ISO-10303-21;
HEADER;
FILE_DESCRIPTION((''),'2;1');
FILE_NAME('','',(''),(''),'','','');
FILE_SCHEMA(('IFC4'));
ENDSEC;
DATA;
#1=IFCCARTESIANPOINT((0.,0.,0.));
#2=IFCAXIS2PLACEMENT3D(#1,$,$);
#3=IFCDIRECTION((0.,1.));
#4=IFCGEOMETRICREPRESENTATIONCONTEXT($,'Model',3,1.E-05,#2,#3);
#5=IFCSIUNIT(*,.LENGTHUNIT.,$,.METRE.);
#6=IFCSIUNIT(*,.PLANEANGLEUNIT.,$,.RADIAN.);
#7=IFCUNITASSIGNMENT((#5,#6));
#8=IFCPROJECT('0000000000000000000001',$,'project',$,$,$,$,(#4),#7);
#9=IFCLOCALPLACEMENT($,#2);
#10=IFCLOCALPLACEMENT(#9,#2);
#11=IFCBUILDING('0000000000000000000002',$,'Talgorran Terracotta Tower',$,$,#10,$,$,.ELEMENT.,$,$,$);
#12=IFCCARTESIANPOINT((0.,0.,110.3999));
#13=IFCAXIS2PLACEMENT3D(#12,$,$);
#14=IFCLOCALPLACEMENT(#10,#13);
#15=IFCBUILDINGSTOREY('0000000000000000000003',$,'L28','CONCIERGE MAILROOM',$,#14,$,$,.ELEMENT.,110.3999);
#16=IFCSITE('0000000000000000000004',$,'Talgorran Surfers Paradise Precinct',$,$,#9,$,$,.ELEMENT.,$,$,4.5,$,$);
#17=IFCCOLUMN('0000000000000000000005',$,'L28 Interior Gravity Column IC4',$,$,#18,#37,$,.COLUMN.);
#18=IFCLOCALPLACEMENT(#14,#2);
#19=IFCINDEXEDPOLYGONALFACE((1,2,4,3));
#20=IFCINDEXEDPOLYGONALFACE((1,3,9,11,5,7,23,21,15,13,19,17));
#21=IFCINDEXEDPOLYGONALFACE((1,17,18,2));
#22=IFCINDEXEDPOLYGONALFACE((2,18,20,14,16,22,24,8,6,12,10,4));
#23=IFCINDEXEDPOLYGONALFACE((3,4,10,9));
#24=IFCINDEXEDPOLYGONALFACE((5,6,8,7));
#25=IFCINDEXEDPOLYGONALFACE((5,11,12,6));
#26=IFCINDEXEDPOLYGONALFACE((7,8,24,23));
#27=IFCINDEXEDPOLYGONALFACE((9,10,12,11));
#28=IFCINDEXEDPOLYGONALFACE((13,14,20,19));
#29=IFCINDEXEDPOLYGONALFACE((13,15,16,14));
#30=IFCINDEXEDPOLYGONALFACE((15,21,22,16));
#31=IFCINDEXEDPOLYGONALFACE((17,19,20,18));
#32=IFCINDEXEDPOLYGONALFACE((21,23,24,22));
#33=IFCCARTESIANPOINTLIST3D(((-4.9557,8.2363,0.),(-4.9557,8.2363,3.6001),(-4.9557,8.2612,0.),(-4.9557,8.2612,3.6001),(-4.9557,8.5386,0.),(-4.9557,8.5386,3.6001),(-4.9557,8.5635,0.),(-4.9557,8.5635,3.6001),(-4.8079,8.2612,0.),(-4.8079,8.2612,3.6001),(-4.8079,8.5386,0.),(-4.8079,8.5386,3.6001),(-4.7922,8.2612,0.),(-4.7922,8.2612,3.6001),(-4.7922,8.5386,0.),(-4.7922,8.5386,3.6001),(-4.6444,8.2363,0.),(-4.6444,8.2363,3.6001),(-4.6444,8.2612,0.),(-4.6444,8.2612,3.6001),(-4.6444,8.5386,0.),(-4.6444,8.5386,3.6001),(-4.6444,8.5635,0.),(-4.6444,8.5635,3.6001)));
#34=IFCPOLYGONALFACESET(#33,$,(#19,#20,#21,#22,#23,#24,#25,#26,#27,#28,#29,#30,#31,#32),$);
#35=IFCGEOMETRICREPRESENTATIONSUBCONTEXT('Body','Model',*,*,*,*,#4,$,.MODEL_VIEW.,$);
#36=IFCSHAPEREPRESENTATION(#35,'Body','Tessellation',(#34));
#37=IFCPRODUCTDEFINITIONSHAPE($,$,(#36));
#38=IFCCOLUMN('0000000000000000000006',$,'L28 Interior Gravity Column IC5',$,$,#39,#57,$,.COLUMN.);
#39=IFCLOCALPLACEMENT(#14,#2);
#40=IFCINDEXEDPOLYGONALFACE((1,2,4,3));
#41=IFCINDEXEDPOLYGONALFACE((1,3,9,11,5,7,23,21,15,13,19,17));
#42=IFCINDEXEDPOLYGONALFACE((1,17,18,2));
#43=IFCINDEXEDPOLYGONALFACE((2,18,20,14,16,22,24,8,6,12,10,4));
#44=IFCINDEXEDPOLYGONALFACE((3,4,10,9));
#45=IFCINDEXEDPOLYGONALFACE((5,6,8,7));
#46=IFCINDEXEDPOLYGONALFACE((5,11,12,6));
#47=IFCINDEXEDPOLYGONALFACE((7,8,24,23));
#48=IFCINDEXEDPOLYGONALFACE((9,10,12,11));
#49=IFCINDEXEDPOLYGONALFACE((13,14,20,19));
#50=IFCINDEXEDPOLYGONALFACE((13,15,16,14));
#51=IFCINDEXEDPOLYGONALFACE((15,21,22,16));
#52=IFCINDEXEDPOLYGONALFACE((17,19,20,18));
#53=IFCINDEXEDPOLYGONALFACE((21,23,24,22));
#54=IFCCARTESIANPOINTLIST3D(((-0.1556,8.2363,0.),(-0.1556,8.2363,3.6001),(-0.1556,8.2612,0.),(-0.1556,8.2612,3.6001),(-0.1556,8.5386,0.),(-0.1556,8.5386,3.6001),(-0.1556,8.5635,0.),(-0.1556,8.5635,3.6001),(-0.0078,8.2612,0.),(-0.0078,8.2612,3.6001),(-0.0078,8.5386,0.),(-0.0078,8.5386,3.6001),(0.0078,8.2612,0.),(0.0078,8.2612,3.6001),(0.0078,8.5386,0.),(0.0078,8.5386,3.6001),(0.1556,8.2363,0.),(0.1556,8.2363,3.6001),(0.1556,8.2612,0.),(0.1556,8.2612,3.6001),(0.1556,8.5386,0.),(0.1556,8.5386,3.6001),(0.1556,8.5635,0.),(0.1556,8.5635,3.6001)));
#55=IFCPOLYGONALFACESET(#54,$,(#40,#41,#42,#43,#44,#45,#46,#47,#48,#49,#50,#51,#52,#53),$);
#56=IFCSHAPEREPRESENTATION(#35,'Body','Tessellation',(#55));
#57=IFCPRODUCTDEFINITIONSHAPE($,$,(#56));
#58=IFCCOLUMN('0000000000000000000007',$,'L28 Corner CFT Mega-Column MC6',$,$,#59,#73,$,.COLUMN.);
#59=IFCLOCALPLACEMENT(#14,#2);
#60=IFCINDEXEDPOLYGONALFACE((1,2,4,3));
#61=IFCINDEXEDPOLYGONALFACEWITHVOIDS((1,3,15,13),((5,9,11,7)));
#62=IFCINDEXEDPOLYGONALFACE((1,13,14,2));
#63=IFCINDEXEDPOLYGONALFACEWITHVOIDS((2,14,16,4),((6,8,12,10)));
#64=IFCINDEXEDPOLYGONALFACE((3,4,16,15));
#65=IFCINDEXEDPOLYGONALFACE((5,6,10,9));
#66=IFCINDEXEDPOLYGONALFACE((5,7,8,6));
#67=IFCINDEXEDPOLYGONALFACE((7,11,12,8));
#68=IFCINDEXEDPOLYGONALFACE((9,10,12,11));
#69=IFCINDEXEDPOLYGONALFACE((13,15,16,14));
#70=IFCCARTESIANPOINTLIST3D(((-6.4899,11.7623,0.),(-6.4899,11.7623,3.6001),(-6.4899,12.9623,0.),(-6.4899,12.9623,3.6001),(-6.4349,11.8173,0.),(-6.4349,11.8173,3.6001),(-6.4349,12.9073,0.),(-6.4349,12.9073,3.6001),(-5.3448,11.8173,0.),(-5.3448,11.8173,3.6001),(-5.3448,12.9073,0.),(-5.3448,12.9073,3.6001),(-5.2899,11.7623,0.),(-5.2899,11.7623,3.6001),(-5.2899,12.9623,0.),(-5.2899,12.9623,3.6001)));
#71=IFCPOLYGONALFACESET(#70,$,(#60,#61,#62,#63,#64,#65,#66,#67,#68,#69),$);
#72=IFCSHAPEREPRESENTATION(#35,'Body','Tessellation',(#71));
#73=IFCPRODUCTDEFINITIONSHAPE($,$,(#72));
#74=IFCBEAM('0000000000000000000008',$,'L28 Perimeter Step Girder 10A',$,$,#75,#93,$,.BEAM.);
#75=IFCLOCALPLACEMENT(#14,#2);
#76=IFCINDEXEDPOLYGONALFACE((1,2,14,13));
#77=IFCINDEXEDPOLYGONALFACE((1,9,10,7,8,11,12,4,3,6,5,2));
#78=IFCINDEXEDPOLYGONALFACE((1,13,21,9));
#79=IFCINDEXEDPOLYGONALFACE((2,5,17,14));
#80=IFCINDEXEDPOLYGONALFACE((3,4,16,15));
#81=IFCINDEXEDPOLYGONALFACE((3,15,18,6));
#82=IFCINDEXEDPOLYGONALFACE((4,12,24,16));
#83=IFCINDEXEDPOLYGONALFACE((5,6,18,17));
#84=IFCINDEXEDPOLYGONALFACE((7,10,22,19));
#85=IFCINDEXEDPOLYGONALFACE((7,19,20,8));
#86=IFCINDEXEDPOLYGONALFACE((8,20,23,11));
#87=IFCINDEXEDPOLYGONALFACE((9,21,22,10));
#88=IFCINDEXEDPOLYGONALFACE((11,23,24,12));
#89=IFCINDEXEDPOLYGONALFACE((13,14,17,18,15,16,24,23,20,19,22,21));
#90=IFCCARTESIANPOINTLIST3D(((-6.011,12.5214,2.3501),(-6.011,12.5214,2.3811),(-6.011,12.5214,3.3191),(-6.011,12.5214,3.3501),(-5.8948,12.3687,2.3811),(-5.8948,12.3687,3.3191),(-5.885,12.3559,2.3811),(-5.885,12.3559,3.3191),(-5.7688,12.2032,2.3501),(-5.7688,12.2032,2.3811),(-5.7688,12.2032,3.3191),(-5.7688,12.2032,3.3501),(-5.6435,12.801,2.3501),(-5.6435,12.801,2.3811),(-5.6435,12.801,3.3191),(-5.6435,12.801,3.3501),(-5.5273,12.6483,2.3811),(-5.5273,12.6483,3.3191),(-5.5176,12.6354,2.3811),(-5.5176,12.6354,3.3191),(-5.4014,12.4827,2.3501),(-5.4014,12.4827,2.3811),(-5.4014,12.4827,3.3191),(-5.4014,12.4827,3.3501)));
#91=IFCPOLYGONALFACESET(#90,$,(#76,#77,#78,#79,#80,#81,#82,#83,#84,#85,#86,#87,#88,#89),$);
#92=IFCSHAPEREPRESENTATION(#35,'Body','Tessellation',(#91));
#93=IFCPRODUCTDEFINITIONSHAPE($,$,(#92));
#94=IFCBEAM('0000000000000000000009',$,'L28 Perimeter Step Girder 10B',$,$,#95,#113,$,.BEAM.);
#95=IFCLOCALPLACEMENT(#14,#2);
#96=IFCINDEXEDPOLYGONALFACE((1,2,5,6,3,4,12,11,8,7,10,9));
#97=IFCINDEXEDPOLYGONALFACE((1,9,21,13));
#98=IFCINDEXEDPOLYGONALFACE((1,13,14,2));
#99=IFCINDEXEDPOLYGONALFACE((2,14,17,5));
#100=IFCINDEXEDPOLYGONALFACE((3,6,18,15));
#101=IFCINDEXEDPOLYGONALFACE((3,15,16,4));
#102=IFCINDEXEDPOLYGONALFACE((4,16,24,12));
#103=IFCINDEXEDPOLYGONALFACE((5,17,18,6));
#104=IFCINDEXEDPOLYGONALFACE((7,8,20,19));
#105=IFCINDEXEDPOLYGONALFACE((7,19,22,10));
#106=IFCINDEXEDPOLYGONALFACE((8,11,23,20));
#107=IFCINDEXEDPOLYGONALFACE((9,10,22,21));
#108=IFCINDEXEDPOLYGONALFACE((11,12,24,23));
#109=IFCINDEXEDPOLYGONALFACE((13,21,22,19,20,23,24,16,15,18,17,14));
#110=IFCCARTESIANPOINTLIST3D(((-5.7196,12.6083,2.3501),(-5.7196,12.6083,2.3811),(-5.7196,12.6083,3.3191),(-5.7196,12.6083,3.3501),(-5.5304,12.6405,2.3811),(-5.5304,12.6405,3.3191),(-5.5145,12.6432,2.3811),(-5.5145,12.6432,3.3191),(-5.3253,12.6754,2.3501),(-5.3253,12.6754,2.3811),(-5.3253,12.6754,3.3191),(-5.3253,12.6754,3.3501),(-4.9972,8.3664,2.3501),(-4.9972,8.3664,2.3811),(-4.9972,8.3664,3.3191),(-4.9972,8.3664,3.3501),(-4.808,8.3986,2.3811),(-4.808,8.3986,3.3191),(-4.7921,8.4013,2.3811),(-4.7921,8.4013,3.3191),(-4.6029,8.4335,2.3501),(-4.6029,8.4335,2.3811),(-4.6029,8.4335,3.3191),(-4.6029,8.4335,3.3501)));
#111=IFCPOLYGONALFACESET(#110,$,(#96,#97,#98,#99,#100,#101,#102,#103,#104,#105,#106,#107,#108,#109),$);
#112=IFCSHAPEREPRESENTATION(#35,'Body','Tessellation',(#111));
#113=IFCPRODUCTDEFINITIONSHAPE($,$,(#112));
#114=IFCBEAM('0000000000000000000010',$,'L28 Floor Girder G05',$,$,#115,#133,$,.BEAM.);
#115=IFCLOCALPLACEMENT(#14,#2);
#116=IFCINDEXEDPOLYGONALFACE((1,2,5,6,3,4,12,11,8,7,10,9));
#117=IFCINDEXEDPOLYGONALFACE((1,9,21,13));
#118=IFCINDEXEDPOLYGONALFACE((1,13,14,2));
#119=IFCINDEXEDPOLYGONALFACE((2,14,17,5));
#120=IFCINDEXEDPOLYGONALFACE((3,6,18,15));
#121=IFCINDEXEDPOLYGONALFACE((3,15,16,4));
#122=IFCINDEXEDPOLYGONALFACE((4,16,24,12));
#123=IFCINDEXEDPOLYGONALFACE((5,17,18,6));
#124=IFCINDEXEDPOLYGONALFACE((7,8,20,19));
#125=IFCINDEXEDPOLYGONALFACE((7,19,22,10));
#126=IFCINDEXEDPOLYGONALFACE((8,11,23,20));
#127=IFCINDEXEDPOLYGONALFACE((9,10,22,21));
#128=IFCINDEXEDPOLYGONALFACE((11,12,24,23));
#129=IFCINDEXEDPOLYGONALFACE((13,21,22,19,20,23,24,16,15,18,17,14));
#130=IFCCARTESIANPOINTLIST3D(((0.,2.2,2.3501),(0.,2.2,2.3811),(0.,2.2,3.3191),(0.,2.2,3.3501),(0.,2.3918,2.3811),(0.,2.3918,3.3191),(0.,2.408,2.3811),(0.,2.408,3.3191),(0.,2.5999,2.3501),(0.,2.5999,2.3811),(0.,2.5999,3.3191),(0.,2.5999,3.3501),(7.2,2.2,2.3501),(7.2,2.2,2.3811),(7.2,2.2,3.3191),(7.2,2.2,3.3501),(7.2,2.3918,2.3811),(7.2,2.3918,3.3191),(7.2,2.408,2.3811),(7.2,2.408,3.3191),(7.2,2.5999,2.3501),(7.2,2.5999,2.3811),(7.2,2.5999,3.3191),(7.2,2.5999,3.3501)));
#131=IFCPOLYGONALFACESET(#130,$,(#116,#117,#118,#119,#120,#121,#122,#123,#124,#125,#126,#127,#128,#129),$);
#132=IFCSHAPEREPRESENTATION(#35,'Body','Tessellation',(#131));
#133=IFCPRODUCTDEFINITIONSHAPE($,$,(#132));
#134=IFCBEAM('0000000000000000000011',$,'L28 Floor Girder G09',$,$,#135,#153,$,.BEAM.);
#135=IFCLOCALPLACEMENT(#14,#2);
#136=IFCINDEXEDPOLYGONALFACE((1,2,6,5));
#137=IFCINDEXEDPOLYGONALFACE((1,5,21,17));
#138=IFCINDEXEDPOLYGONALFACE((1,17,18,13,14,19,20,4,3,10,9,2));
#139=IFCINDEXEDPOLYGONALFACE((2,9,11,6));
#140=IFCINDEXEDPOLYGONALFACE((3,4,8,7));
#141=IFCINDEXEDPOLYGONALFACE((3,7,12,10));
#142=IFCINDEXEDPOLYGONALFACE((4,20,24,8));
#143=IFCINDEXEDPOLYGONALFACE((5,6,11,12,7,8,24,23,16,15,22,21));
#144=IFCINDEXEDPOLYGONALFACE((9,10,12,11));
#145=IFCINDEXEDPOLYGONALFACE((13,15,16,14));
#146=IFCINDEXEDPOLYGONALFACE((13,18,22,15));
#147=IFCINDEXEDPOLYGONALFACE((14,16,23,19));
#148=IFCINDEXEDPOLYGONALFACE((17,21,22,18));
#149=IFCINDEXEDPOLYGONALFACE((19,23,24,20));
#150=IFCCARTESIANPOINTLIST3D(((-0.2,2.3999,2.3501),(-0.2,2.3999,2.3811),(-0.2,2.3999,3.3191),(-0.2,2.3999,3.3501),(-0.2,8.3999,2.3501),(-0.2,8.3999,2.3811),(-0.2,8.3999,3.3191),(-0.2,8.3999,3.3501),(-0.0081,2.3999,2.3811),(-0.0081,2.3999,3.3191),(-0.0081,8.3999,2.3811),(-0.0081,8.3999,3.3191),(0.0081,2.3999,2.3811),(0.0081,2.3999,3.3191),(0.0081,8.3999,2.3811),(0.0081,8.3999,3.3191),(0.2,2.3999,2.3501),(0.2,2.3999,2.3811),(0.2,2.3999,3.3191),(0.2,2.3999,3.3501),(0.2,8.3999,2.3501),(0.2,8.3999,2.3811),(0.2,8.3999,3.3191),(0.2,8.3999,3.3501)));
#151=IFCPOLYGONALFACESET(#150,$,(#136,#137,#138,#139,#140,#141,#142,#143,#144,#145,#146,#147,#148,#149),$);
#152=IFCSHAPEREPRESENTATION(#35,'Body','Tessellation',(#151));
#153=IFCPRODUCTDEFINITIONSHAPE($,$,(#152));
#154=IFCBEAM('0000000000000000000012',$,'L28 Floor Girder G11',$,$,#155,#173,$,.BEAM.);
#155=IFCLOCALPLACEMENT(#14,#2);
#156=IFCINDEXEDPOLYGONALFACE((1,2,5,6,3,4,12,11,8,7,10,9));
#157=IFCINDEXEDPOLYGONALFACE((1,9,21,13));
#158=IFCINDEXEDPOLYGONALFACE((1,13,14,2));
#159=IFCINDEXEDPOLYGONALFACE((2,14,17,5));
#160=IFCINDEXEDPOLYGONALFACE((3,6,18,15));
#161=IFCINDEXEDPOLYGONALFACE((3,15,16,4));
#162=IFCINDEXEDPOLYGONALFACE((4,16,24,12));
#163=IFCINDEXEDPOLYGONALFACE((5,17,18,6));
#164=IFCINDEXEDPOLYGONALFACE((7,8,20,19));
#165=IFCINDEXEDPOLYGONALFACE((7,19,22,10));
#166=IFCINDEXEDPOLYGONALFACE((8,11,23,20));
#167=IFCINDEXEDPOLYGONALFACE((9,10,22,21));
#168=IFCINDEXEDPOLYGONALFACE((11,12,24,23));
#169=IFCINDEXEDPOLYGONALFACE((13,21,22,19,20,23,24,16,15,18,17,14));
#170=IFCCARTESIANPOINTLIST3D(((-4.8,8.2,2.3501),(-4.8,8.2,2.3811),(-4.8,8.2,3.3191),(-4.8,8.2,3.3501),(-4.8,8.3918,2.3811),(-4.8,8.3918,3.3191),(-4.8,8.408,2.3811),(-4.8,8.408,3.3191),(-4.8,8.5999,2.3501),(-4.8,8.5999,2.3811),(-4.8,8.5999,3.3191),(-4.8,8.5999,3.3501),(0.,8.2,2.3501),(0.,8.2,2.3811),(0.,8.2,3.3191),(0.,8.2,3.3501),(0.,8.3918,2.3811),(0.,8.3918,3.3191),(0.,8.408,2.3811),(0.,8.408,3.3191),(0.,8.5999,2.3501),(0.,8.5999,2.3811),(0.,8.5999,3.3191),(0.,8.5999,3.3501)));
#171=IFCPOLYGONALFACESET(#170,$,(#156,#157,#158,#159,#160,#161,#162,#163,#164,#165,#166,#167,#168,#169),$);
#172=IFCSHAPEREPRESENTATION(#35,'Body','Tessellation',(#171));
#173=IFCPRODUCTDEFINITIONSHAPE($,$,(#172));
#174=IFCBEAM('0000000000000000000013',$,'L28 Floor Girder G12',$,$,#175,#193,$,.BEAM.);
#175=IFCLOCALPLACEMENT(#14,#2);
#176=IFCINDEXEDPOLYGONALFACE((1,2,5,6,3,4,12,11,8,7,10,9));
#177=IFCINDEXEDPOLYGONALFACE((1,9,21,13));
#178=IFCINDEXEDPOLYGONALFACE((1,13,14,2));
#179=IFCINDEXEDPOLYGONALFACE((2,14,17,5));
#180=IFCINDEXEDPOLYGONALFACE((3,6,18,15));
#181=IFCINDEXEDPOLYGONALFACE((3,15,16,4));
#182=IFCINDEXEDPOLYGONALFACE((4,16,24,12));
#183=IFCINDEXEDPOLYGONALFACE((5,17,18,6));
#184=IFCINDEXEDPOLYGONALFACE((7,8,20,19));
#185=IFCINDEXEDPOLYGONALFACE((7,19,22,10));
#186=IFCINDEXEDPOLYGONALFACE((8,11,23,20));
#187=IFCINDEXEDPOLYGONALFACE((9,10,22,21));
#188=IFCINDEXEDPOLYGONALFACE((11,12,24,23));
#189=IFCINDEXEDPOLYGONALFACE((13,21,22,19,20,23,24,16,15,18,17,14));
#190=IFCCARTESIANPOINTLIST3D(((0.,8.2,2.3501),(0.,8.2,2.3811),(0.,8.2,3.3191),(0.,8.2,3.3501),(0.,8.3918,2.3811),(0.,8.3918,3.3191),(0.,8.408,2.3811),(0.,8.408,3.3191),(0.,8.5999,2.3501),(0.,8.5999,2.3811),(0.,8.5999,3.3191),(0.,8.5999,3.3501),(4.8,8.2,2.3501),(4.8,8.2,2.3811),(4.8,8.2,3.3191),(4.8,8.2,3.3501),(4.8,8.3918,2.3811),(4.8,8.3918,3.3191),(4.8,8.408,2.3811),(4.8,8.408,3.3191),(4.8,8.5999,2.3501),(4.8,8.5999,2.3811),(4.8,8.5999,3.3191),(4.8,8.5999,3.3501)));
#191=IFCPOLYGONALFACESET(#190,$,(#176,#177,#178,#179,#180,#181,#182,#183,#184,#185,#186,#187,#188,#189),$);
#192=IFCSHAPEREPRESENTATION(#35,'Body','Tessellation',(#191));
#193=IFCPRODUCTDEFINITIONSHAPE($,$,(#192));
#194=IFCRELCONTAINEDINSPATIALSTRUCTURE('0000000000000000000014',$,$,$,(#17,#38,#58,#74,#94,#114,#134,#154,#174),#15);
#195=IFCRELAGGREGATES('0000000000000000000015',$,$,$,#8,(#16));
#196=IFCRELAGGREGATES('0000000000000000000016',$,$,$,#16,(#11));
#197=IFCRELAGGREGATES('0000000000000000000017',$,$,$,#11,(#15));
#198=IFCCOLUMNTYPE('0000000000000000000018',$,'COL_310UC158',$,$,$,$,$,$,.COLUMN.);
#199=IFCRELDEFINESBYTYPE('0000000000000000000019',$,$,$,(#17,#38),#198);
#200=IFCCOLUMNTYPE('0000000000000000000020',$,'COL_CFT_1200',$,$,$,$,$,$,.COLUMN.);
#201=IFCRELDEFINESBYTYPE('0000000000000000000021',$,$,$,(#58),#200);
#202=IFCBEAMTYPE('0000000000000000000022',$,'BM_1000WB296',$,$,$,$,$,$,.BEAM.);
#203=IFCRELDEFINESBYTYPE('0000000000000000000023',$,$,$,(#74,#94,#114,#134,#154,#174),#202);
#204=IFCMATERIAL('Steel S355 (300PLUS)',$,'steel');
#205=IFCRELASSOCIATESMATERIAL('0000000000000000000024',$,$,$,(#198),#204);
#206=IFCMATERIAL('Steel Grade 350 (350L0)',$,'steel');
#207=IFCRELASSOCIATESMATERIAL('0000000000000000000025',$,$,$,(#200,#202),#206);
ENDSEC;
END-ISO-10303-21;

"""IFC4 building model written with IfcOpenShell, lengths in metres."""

from ifc_helpers import new_model, si_unit, direction, frame, origin, origin_2d, place, context, subcontext, project, spatial, hollow_rectangle, i_section, extrude, material, material_profile, profile_set, type_object, element, save


model = new_model("IFC4")

# Units and contexts
model_context = context("Model", 3, precision=1e-05, world=origin(), true_north=direction((0.0, 1.0)))
body_context = subcontext(model_context, "Body", "Model", "MODEL_VIEW")
ifc_project = project(units=[si_unit("LENGTHUNIT", "METRE"), si_unit("PLANEANGLEUNIT", "RADIAN")], contexts=[model_context])

# Site, building, storey
site_placement = place(None, origin())
site = spatial("IfcSite", under=ifc_project, at=site_placement, Name="Talgorran Surfers Paradise Precinct", CompositionType="ELEMENT", RefElevation=4.5)
building_placement = place(site_placement, origin())
building = spatial("IfcBuilding", under=site, at=building_placement, Name="Talgorran Terracotta Tower", CompositionType="ELEMENT")
storey_placement = place(building_placement, frame((0.0, 0.0, 110.3999)))
storey = spatial("IfcBuildingStorey", under=building, at=storey_placement, Name="L28", Description="CONCIERGE MAILROOM", CompositionType="ELEMENT", Elevation=110.3999)

# Columns
ifc_material_1 = material(Name="Steel S355 (300PLUS)", Category="steel")
ifc_material_profile_1 = material_profile(ifc_material_1, i_section(OverallWidth=0.3113, OverallDepth=0.3271, WebThickness=0.0156, FlangeThickness=0.0249, at=origin_2d()), Name="310UC158")
ifc_profile_set_1 = profile_set([ifc_material_profile_1], Name="Steel S355 (300PLUS)")
column_type_1 = type_object("IfcColumnType", Name="COL_310UC158", PredefinedType="COLUMN", material=ifc_profile_set_1)
for number, where, z_axis, x_axis, name in (
    (1, (-4.8, 8.3999, 0.0), (0.0, 0.0, 1.0), (1.0, 0.0, 0.0), "L28 Interior Gravity Column IC4"),
    (2, (0.0, 8.3999, 0.0), (0.0, 0.0, 1.0), (1.0, 0.0, 0.0), "L28 Interior Gravity Column IC5"),
):
    element("IfcColumn", number, at=place(storey_placement, frame(where, z_axis=z_axis, x_axis=x_axis)), inside=storey, type_object=column_type_1, Name=name, PredefinedType="COLUMN", context=body_context, shape_type="SweptSolid", body=[
        extrude(i_section(OverallWidth=0.3113, OverallDepth=0.3271, WebThickness=0.0156, FlangeThickness=0.0249, at=origin_2d()), origin(), (0.0, 0.0, 1.0), 3.6001),
    ])
ifc_material_2 = material(Name="Steel Grade 350 (350L0)", Category="steel")
ifc_material_profile_2 = material_profile(ifc_material_2, hollow_rectangle(XDim=1.2, YDim=1.2, WallThickness=0.0549, at=origin_2d()), Name="CFT1200X1200X55")
ifc_profile_set_2 = profile_set([ifc_material_profile_2], Name="Steel Grade 350 (350L0)")
column_type_2 = type_object("IfcColumnType", Name="COL_CFT_1200", PredefinedType="COLUMN", material=ifc_profile_set_2)
column_placement = place(storey_placement, frame((-5.8899, 12.3623, 0.0), z_axis=(0.0, 0.0, 1.0), x_axis=(1.0, 0.0, 0.0)))
element("IfcColumn", 3, at=column_placement, inside=storey, type_object=column_type_2, Name="L28 Corner CFT Mega-Column MC6", PredefinedType="COLUMN", context=body_context, shape_type="SweptSolid", body=[
    extrude(hollow_rectangle(XDim=1.2, YDim=1.2, WallThickness=0.0549, at=origin_2d()), origin(), (0.0, 0.0, 1.0), 3.6001),
])

# Beams
ifc_material_profile_3 = material_profile(ifc_material_2, i_section(OverallWidth=0.3999, OverallDepth=1.0, WebThickness=0.0161, FlangeThickness=0.031, at=origin_2d()), Name="1000WB296")
ifc_profile_set_3 = profile_set([ifc_material_profile_3], Name="Steel Grade 350 (350L0)")
beam_type_1 = type_object("IfcBeamType", Name="BM_1000WB296", PredefinedType="BEAM", material=ifc_profile_set_3)
beam_1_placement = place(storey_placement, frame((-5.8899, 12.3623, 2.8501), z_axis=(0.795856, 0.605485, 0.0), x_axis=(-0.605485, 0.795856, 0.0)))
element("IfcBeam", 4, at=beam_1_placement, inside=storey, type_object=beam_type_1, Name="L28 Perimeter Step Girder 10A", PredefinedType="BEAM", context=body_context, shape_type="SweptSolid", body=[
    extrude(i_section(OverallWidth=0.3999, OverallDepth=1.0, WebThickness=0.0161, FlangeThickness=0.031, at=origin_2d()), origin(), (0.0, 0.0, 1.0), 0.4617),
])
beam_2_placement = place(storey_placement, frame((-5.5225, 12.6418, 2.8501), z_axis=(0.167885, -0.985807, 0.0), x_axis=(0.985807, 0.167885, 0.0)))
element("IfcBeam", 5, at=beam_2_placement, inside=storey, type_object=beam_type_1, Name="L28 Perimeter Step Girder 10B", PredefinedType="BEAM", context=body_context, shape_type="SweptSolid", body=[
    extrude(i_section(OverallWidth=0.3999, OverallDepth=1.0, WebThickness=0.0161, FlangeThickness=0.031, at=origin_2d()), origin(), (0.0, 0.0, 1.0), 4.303),
])
beam_3_placement = place(storey_placement, frame((0.0, 2.3999, 2.8501), z_axis=(1.0, 0.0, 0.0), x_axis=(0.0, 1.0, 0.0)))
element("IfcBeam", 6, at=beam_3_placement, inside=storey, type_object=beam_type_1, Name="L28 Floor Girder G05", PredefinedType="BEAM", context=body_context, shape_type="SweptSolid", body=[
    extrude(i_section(OverallWidth=0.3999, OverallDepth=1.0, WebThickness=0.0161, FlangeThickness=0.031, at=origin_2d()), origin(), (0.0, 0.0, 1.0), 7.2),
])
beam_4_placement = place(storey_placement, frame((0.0, 2.3999, 2.8501), z_axis=(0.0, 1.0, 0.0), x_axis=(-1.0, 0.0, 0.0)))
element("IfcBeam", 7, at=beam_4_placement, inside=storey, type_object=beam_type_1, Name="L28 Floor Girder G09", PredefinedType="BEAM", context=body_context, shape_type="SweptSolid", body=[
    extrude(i_section(OverallWidth=0.3999, OverallDepth=1.0, WebThickness=0.0161, FlangeThickness=0.031, at=origin_2d()), origin(), (0.0, 0.0, 1.0), 6.0),
])
for number, where, z_axis, x_axis, name in (
    (8, (-4.8, 8.3999, 2.8501), (1.0, 0.0, 0.0), (0.0, 1.0, 0.0), "L28 Floor Girder G11"),
    (9, (0.0, 8.3999, 2.8501), (1.0, 0.0, 0.0), (0.0, 1.0, 0.0), "L28 Floor Girder G12"),
):
    element("IfcBeam", number, at=place(storey_placement, frame(where, z_axis=z_axis, x_axis=x_axis)), inside=storey, type_object=beam_type_1, Name=name, PredefinedType="BEAM", context=body_context, shape_type="SweptSolid", body=[
        extrude(i_section(OverallWidth=0.3999, OverallDepth=1.0, WebThickness=0.0161, FlangeThickness=0.031, at=origin_2d()), origin(), (0.0, 0.0, 1.0), 4.8),
    ])

save(model, "model.ifc")
